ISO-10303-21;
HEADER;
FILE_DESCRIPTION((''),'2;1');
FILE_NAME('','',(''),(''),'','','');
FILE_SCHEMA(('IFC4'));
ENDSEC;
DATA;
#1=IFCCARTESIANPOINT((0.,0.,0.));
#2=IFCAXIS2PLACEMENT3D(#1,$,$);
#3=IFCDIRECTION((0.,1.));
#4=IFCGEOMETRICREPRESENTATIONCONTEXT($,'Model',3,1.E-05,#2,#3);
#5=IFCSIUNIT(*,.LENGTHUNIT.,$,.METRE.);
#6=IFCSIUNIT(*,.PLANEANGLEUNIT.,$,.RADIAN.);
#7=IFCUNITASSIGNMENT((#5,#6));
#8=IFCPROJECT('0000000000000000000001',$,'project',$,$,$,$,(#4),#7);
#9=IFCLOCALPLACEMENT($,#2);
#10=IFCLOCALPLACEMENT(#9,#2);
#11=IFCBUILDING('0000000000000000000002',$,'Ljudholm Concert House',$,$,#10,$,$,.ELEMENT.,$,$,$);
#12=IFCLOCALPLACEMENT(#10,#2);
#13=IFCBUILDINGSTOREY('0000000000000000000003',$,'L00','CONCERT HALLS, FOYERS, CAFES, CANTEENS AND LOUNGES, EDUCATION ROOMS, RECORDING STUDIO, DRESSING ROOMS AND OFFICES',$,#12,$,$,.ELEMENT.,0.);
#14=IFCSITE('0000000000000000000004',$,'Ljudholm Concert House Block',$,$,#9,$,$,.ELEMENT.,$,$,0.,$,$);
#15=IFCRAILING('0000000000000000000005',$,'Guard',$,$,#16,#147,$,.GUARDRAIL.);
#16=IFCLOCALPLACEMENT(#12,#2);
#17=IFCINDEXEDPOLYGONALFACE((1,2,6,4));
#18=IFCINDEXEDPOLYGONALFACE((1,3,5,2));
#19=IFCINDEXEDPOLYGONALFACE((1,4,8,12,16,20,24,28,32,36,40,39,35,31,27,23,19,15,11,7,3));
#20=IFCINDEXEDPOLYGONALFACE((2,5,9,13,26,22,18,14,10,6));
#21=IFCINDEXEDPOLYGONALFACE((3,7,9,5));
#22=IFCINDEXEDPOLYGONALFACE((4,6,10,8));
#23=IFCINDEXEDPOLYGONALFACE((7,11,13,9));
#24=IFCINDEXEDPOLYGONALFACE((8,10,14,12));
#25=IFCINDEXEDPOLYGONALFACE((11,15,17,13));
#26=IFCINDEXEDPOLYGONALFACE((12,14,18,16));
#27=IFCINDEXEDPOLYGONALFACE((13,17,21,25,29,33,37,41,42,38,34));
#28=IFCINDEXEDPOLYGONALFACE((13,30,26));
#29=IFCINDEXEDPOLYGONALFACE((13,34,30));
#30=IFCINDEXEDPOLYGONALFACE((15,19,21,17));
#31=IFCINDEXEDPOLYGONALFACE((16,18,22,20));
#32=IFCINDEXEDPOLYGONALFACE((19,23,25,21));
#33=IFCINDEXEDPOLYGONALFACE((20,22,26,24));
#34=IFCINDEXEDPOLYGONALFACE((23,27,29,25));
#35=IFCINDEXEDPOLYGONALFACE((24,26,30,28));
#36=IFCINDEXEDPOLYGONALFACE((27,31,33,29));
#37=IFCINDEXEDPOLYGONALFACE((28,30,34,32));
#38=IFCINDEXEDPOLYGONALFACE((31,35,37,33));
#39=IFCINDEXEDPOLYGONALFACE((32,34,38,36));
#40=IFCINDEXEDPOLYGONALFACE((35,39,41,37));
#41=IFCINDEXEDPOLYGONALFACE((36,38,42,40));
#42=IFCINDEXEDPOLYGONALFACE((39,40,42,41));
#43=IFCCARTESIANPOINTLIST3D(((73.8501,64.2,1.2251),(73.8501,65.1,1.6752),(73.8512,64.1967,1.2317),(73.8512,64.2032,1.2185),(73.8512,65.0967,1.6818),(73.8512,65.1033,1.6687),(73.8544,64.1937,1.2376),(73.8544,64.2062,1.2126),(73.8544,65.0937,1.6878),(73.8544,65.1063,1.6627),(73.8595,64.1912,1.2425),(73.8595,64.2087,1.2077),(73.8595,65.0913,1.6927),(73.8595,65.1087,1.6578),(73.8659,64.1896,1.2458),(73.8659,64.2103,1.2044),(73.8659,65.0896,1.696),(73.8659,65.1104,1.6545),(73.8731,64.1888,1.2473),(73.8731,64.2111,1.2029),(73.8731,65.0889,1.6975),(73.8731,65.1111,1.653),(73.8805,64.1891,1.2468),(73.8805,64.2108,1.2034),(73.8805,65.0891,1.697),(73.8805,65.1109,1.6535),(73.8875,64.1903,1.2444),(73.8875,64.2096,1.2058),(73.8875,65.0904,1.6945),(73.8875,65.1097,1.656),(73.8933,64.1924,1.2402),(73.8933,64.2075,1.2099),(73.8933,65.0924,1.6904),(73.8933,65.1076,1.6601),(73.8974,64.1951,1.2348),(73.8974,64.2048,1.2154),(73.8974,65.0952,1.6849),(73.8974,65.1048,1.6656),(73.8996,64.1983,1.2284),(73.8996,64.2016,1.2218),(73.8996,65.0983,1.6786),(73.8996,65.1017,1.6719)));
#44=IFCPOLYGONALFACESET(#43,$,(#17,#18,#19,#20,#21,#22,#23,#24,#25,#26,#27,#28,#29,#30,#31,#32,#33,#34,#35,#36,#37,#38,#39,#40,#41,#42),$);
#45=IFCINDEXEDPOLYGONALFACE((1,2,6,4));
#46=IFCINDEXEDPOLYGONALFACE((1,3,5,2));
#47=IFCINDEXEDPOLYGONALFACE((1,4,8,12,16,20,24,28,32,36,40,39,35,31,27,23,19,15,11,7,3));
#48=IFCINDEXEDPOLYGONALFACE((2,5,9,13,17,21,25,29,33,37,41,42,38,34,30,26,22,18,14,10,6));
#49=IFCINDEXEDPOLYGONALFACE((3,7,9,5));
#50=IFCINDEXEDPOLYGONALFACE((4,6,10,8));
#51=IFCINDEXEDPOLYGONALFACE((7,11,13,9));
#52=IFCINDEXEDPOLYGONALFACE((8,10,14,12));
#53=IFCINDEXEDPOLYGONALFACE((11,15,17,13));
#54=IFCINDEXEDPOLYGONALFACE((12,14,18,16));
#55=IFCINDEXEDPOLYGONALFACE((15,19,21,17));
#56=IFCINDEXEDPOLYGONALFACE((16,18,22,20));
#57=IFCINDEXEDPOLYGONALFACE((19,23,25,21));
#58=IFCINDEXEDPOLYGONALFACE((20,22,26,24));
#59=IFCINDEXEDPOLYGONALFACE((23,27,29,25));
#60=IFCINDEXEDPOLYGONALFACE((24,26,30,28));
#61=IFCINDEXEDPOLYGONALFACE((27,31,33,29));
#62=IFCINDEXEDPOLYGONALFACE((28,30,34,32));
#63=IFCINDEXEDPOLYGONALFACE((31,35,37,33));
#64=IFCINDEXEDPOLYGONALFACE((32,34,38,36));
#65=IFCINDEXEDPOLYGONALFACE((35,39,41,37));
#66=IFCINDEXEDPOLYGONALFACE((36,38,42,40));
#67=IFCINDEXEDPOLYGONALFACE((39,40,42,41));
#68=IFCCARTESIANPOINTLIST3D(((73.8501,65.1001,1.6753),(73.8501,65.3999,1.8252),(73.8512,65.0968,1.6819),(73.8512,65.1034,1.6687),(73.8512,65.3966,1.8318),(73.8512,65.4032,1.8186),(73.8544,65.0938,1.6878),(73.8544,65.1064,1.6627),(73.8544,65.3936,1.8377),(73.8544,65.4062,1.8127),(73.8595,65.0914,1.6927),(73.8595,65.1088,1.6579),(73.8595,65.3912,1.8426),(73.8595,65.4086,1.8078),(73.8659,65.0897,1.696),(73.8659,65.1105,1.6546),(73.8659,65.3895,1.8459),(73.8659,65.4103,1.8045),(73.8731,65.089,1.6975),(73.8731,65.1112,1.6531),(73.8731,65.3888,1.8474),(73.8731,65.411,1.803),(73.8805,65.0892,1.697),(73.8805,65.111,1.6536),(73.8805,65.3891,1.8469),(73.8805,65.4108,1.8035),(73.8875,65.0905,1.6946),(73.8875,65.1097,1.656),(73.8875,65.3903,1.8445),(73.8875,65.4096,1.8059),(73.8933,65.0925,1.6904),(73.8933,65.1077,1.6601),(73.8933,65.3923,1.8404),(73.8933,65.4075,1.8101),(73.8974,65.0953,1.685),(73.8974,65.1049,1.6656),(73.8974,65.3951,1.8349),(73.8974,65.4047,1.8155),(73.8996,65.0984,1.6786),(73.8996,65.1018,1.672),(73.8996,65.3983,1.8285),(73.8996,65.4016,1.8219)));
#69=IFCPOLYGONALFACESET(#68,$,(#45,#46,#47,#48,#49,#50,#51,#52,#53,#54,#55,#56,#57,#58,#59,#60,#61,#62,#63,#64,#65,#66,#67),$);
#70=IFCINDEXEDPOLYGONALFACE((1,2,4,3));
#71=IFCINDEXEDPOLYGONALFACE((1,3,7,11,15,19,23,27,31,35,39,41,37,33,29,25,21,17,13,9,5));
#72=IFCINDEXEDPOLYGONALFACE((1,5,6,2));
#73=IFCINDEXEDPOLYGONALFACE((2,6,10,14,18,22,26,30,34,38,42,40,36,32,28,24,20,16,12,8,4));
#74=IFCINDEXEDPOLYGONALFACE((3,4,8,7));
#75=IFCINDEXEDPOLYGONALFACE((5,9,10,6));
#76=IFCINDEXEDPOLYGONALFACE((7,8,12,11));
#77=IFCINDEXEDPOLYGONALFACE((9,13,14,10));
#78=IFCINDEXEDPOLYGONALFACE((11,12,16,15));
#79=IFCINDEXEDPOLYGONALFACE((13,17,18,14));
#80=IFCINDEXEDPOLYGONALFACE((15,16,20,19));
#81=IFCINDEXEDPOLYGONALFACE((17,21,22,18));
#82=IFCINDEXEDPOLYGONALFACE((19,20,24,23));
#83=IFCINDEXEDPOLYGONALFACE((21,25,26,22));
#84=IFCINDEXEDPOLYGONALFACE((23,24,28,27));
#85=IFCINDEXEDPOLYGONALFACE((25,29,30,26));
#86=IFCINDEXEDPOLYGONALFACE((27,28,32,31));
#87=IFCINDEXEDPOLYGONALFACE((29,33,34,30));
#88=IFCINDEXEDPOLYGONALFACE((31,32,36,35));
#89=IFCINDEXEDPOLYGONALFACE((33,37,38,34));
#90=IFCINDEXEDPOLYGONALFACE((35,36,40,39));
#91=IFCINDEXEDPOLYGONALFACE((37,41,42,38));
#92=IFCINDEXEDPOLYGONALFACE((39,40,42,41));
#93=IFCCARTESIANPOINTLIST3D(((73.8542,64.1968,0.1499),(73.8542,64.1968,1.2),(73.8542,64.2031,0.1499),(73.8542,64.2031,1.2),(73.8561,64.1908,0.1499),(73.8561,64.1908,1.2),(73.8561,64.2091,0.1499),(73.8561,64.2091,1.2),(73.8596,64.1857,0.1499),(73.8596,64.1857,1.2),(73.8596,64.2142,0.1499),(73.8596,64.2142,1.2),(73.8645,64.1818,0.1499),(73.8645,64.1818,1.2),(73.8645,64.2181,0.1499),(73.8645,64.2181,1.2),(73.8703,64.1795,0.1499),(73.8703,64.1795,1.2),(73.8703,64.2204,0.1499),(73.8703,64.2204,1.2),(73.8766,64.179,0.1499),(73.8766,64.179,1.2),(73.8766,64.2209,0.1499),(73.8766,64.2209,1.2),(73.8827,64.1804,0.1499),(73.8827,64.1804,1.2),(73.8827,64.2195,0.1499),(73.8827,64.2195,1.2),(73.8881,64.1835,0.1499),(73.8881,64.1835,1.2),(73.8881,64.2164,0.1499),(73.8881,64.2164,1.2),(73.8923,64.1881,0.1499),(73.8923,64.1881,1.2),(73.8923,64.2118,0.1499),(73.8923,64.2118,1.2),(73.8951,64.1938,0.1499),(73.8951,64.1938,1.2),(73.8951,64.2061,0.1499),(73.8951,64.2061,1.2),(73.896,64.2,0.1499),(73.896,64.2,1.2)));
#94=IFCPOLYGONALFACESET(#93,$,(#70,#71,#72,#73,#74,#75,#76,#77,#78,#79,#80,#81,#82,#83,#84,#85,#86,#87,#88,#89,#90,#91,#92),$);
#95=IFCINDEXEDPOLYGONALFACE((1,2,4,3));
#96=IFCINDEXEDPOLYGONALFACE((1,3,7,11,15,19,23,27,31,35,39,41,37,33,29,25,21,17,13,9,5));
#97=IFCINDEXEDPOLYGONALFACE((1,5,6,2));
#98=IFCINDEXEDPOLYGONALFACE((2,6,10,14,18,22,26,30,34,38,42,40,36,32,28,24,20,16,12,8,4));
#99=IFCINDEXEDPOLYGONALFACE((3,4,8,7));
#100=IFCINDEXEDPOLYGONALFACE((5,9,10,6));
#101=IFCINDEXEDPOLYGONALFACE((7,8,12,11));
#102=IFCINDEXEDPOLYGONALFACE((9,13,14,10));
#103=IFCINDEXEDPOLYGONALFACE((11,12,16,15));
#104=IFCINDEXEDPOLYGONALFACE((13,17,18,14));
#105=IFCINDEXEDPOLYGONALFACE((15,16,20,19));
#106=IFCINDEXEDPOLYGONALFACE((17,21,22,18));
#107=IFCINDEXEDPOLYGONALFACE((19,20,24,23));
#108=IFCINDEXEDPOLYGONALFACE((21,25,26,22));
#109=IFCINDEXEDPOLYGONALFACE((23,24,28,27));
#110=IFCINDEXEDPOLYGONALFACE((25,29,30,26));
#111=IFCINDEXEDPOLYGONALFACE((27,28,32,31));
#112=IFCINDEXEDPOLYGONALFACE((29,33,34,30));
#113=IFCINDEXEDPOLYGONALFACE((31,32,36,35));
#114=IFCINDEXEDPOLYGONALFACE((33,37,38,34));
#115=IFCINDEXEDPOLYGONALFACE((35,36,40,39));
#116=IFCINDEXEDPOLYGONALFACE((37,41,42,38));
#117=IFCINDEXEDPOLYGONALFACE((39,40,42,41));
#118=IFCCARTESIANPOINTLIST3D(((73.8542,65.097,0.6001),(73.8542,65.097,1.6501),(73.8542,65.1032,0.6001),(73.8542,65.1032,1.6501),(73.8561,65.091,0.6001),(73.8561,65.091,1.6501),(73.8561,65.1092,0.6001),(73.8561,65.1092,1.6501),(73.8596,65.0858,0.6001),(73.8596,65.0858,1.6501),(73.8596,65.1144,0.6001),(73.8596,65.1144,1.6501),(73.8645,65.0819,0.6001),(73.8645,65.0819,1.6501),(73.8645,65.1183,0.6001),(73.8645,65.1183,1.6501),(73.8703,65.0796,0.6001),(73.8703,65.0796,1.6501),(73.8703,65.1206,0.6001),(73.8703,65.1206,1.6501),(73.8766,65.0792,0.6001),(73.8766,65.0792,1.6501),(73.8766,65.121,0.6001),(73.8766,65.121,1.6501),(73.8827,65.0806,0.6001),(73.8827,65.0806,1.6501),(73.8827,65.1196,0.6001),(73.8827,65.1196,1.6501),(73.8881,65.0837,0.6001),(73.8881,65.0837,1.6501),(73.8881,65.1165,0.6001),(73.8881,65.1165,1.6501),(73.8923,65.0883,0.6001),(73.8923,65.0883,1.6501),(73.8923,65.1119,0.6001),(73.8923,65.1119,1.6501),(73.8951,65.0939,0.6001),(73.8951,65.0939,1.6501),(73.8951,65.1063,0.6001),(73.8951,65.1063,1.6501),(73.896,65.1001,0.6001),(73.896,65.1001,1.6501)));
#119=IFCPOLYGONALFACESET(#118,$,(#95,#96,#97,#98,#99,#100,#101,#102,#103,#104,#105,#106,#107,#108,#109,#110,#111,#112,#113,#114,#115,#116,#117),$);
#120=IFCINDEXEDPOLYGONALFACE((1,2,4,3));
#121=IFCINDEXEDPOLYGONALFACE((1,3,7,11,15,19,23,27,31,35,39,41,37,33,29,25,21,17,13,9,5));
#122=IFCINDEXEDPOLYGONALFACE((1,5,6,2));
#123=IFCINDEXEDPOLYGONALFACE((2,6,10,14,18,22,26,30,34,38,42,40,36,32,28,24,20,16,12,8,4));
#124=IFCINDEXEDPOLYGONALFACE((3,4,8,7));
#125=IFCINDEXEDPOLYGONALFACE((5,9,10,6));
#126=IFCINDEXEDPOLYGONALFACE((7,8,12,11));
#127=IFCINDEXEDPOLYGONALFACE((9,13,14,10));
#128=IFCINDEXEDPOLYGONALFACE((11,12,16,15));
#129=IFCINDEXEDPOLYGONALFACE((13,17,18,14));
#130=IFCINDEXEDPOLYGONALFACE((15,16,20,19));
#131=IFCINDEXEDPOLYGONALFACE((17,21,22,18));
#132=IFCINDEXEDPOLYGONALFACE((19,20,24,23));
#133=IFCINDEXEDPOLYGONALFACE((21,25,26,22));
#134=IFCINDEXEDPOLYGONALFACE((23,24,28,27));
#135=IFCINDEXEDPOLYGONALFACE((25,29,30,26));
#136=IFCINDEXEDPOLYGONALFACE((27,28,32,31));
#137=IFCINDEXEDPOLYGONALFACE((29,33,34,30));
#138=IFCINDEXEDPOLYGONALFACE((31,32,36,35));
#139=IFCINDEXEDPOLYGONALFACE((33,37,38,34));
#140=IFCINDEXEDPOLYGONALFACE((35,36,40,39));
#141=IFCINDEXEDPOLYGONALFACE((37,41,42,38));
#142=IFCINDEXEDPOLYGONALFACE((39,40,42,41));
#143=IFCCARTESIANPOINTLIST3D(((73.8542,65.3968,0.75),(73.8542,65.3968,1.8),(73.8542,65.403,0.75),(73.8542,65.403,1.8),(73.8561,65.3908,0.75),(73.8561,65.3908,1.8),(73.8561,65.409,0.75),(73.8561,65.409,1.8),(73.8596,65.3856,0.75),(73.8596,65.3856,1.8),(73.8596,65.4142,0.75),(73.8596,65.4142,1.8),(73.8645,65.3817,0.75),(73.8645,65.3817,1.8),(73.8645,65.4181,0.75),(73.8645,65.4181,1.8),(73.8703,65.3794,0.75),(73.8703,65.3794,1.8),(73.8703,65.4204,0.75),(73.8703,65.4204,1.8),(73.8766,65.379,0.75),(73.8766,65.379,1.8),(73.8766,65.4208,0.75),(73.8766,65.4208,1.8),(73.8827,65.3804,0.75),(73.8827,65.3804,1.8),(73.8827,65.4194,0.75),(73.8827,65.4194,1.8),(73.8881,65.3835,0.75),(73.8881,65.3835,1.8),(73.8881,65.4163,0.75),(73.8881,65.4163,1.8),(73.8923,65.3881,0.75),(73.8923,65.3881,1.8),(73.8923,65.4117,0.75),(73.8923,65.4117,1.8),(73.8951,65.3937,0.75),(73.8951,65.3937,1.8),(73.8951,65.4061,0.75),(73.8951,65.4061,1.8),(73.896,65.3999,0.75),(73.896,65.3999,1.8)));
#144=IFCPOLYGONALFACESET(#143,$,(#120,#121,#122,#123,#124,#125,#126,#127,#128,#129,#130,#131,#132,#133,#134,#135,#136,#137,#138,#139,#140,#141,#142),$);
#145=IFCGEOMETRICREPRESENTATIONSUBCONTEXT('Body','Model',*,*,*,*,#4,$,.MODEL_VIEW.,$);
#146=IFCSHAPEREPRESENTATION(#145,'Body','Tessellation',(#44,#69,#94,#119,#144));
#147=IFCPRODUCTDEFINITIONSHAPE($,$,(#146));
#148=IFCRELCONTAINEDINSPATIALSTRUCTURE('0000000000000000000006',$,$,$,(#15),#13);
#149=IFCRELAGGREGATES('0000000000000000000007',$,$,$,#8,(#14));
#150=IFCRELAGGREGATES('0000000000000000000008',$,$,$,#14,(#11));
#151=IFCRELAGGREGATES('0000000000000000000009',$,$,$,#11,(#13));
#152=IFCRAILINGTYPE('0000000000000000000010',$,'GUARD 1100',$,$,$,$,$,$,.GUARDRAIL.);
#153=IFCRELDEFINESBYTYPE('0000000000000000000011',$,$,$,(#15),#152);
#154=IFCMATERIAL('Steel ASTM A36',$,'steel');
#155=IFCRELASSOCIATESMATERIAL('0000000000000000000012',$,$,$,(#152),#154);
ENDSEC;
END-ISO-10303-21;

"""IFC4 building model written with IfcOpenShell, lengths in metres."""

from ifc_helpers import new_model, si_unit, direction, frame, origin, origin_2d, place, context, subcontext, project, spatial, circle, extrude, material, type_object, element, save


model = new_model("IFC4")

# Units and contexts
model_context = context("Model", 3, precision=1e-05, world=origin(), true_north=direction((0.0, 1.0)))
body_context = subcontext(model_context, "Body", "Model", "MODEL_VIEW")
ifc_project = project(units=[si_unit("LENGTHUNIT", "METRE"), si_unit("PLANEANGLEUNIT", "RADIAN")], contexts=[model_context])

# Site, building, storey
site_placement = place(None, origin())
site = spatial("IfcSite", under=ifc_project, at=site_placement, Name="Ljudholm Concert House Block", CompositionType="ELEMENT", RefElevation=0.0)
building_placement = place(site_placement, origin())
building = spatial("IfcBuilding", under=site, at=building_placement, Name="Ljudholm Concert House", CompositionType="ELEMENT")
storey_placement = place(building_placement, origin())
storey = spatial("IfcBuildingStorey", under=building, at=storey_placement, Name="L00", Description="CONCERT HALLS, FOYERS, CAFES, CANTEENS AND LOUNGES, EDUCATION ROOMS, RECORDING STUDIO, DRESSING ROOMS AND OFFICES", CompositionType="ELEMENT", Elevation=0.0)

# Railing
ifc_material_1 = material(Name="Steel ASTM A36", Category="steel")
railing_type_1 = type_object("IfcRailingType", Name="GUARD 1100", PredefinedType="GUARDRAIL", material=ifc_material_1)
railing_1_placement = place(storey_placement, frame((73.875, 64.2, 0.1499)))
element("IfcRailing", 1, at=railing_1_placement, inside=storey, type_object=railing_type_1, Name="Guard", PredefinedType="GUARDRAIL", context=body_context, shape_type="SweptSolid", body=[
    extrude(circle(Radius=0.0249, at=origin_2d()), frame((0.0, 0.0, 1.0752), z_axis=(0.0, 0.894379, 0.447311), x_axis=(-1.0, 0.0, 0.0)), (0.0, 0.0, 1.0), 1.0063),
    extrude(circle(Radius=0.0249, at=origin_2d()), frame((0.0, 0.9001, 1.5254), z_axis=(0.0, 0.894427, 0.447214), x_axis=(-1.0, 0.0, 0.0)), (0.0, 0.0, 1.0), 0.3352),
    extrude(circle(Radius=0.021, at=origin_2d()), origin(), (0.0, 0.0, 1.0), 1.05),
    extrude(circle(Radius=0.021, at=origin_2d()), frame((0.0, 0.9001, 0.4502)), (0.0, 0.0, 1.0), 1.05),
    extrude(circle(Radius=0.021, at=origin_2d()), frame((0.0, 1.2, 0.6001)), (0.0, 0.0, 1.0), 1.05),
])

save(model, "model.ifc")
